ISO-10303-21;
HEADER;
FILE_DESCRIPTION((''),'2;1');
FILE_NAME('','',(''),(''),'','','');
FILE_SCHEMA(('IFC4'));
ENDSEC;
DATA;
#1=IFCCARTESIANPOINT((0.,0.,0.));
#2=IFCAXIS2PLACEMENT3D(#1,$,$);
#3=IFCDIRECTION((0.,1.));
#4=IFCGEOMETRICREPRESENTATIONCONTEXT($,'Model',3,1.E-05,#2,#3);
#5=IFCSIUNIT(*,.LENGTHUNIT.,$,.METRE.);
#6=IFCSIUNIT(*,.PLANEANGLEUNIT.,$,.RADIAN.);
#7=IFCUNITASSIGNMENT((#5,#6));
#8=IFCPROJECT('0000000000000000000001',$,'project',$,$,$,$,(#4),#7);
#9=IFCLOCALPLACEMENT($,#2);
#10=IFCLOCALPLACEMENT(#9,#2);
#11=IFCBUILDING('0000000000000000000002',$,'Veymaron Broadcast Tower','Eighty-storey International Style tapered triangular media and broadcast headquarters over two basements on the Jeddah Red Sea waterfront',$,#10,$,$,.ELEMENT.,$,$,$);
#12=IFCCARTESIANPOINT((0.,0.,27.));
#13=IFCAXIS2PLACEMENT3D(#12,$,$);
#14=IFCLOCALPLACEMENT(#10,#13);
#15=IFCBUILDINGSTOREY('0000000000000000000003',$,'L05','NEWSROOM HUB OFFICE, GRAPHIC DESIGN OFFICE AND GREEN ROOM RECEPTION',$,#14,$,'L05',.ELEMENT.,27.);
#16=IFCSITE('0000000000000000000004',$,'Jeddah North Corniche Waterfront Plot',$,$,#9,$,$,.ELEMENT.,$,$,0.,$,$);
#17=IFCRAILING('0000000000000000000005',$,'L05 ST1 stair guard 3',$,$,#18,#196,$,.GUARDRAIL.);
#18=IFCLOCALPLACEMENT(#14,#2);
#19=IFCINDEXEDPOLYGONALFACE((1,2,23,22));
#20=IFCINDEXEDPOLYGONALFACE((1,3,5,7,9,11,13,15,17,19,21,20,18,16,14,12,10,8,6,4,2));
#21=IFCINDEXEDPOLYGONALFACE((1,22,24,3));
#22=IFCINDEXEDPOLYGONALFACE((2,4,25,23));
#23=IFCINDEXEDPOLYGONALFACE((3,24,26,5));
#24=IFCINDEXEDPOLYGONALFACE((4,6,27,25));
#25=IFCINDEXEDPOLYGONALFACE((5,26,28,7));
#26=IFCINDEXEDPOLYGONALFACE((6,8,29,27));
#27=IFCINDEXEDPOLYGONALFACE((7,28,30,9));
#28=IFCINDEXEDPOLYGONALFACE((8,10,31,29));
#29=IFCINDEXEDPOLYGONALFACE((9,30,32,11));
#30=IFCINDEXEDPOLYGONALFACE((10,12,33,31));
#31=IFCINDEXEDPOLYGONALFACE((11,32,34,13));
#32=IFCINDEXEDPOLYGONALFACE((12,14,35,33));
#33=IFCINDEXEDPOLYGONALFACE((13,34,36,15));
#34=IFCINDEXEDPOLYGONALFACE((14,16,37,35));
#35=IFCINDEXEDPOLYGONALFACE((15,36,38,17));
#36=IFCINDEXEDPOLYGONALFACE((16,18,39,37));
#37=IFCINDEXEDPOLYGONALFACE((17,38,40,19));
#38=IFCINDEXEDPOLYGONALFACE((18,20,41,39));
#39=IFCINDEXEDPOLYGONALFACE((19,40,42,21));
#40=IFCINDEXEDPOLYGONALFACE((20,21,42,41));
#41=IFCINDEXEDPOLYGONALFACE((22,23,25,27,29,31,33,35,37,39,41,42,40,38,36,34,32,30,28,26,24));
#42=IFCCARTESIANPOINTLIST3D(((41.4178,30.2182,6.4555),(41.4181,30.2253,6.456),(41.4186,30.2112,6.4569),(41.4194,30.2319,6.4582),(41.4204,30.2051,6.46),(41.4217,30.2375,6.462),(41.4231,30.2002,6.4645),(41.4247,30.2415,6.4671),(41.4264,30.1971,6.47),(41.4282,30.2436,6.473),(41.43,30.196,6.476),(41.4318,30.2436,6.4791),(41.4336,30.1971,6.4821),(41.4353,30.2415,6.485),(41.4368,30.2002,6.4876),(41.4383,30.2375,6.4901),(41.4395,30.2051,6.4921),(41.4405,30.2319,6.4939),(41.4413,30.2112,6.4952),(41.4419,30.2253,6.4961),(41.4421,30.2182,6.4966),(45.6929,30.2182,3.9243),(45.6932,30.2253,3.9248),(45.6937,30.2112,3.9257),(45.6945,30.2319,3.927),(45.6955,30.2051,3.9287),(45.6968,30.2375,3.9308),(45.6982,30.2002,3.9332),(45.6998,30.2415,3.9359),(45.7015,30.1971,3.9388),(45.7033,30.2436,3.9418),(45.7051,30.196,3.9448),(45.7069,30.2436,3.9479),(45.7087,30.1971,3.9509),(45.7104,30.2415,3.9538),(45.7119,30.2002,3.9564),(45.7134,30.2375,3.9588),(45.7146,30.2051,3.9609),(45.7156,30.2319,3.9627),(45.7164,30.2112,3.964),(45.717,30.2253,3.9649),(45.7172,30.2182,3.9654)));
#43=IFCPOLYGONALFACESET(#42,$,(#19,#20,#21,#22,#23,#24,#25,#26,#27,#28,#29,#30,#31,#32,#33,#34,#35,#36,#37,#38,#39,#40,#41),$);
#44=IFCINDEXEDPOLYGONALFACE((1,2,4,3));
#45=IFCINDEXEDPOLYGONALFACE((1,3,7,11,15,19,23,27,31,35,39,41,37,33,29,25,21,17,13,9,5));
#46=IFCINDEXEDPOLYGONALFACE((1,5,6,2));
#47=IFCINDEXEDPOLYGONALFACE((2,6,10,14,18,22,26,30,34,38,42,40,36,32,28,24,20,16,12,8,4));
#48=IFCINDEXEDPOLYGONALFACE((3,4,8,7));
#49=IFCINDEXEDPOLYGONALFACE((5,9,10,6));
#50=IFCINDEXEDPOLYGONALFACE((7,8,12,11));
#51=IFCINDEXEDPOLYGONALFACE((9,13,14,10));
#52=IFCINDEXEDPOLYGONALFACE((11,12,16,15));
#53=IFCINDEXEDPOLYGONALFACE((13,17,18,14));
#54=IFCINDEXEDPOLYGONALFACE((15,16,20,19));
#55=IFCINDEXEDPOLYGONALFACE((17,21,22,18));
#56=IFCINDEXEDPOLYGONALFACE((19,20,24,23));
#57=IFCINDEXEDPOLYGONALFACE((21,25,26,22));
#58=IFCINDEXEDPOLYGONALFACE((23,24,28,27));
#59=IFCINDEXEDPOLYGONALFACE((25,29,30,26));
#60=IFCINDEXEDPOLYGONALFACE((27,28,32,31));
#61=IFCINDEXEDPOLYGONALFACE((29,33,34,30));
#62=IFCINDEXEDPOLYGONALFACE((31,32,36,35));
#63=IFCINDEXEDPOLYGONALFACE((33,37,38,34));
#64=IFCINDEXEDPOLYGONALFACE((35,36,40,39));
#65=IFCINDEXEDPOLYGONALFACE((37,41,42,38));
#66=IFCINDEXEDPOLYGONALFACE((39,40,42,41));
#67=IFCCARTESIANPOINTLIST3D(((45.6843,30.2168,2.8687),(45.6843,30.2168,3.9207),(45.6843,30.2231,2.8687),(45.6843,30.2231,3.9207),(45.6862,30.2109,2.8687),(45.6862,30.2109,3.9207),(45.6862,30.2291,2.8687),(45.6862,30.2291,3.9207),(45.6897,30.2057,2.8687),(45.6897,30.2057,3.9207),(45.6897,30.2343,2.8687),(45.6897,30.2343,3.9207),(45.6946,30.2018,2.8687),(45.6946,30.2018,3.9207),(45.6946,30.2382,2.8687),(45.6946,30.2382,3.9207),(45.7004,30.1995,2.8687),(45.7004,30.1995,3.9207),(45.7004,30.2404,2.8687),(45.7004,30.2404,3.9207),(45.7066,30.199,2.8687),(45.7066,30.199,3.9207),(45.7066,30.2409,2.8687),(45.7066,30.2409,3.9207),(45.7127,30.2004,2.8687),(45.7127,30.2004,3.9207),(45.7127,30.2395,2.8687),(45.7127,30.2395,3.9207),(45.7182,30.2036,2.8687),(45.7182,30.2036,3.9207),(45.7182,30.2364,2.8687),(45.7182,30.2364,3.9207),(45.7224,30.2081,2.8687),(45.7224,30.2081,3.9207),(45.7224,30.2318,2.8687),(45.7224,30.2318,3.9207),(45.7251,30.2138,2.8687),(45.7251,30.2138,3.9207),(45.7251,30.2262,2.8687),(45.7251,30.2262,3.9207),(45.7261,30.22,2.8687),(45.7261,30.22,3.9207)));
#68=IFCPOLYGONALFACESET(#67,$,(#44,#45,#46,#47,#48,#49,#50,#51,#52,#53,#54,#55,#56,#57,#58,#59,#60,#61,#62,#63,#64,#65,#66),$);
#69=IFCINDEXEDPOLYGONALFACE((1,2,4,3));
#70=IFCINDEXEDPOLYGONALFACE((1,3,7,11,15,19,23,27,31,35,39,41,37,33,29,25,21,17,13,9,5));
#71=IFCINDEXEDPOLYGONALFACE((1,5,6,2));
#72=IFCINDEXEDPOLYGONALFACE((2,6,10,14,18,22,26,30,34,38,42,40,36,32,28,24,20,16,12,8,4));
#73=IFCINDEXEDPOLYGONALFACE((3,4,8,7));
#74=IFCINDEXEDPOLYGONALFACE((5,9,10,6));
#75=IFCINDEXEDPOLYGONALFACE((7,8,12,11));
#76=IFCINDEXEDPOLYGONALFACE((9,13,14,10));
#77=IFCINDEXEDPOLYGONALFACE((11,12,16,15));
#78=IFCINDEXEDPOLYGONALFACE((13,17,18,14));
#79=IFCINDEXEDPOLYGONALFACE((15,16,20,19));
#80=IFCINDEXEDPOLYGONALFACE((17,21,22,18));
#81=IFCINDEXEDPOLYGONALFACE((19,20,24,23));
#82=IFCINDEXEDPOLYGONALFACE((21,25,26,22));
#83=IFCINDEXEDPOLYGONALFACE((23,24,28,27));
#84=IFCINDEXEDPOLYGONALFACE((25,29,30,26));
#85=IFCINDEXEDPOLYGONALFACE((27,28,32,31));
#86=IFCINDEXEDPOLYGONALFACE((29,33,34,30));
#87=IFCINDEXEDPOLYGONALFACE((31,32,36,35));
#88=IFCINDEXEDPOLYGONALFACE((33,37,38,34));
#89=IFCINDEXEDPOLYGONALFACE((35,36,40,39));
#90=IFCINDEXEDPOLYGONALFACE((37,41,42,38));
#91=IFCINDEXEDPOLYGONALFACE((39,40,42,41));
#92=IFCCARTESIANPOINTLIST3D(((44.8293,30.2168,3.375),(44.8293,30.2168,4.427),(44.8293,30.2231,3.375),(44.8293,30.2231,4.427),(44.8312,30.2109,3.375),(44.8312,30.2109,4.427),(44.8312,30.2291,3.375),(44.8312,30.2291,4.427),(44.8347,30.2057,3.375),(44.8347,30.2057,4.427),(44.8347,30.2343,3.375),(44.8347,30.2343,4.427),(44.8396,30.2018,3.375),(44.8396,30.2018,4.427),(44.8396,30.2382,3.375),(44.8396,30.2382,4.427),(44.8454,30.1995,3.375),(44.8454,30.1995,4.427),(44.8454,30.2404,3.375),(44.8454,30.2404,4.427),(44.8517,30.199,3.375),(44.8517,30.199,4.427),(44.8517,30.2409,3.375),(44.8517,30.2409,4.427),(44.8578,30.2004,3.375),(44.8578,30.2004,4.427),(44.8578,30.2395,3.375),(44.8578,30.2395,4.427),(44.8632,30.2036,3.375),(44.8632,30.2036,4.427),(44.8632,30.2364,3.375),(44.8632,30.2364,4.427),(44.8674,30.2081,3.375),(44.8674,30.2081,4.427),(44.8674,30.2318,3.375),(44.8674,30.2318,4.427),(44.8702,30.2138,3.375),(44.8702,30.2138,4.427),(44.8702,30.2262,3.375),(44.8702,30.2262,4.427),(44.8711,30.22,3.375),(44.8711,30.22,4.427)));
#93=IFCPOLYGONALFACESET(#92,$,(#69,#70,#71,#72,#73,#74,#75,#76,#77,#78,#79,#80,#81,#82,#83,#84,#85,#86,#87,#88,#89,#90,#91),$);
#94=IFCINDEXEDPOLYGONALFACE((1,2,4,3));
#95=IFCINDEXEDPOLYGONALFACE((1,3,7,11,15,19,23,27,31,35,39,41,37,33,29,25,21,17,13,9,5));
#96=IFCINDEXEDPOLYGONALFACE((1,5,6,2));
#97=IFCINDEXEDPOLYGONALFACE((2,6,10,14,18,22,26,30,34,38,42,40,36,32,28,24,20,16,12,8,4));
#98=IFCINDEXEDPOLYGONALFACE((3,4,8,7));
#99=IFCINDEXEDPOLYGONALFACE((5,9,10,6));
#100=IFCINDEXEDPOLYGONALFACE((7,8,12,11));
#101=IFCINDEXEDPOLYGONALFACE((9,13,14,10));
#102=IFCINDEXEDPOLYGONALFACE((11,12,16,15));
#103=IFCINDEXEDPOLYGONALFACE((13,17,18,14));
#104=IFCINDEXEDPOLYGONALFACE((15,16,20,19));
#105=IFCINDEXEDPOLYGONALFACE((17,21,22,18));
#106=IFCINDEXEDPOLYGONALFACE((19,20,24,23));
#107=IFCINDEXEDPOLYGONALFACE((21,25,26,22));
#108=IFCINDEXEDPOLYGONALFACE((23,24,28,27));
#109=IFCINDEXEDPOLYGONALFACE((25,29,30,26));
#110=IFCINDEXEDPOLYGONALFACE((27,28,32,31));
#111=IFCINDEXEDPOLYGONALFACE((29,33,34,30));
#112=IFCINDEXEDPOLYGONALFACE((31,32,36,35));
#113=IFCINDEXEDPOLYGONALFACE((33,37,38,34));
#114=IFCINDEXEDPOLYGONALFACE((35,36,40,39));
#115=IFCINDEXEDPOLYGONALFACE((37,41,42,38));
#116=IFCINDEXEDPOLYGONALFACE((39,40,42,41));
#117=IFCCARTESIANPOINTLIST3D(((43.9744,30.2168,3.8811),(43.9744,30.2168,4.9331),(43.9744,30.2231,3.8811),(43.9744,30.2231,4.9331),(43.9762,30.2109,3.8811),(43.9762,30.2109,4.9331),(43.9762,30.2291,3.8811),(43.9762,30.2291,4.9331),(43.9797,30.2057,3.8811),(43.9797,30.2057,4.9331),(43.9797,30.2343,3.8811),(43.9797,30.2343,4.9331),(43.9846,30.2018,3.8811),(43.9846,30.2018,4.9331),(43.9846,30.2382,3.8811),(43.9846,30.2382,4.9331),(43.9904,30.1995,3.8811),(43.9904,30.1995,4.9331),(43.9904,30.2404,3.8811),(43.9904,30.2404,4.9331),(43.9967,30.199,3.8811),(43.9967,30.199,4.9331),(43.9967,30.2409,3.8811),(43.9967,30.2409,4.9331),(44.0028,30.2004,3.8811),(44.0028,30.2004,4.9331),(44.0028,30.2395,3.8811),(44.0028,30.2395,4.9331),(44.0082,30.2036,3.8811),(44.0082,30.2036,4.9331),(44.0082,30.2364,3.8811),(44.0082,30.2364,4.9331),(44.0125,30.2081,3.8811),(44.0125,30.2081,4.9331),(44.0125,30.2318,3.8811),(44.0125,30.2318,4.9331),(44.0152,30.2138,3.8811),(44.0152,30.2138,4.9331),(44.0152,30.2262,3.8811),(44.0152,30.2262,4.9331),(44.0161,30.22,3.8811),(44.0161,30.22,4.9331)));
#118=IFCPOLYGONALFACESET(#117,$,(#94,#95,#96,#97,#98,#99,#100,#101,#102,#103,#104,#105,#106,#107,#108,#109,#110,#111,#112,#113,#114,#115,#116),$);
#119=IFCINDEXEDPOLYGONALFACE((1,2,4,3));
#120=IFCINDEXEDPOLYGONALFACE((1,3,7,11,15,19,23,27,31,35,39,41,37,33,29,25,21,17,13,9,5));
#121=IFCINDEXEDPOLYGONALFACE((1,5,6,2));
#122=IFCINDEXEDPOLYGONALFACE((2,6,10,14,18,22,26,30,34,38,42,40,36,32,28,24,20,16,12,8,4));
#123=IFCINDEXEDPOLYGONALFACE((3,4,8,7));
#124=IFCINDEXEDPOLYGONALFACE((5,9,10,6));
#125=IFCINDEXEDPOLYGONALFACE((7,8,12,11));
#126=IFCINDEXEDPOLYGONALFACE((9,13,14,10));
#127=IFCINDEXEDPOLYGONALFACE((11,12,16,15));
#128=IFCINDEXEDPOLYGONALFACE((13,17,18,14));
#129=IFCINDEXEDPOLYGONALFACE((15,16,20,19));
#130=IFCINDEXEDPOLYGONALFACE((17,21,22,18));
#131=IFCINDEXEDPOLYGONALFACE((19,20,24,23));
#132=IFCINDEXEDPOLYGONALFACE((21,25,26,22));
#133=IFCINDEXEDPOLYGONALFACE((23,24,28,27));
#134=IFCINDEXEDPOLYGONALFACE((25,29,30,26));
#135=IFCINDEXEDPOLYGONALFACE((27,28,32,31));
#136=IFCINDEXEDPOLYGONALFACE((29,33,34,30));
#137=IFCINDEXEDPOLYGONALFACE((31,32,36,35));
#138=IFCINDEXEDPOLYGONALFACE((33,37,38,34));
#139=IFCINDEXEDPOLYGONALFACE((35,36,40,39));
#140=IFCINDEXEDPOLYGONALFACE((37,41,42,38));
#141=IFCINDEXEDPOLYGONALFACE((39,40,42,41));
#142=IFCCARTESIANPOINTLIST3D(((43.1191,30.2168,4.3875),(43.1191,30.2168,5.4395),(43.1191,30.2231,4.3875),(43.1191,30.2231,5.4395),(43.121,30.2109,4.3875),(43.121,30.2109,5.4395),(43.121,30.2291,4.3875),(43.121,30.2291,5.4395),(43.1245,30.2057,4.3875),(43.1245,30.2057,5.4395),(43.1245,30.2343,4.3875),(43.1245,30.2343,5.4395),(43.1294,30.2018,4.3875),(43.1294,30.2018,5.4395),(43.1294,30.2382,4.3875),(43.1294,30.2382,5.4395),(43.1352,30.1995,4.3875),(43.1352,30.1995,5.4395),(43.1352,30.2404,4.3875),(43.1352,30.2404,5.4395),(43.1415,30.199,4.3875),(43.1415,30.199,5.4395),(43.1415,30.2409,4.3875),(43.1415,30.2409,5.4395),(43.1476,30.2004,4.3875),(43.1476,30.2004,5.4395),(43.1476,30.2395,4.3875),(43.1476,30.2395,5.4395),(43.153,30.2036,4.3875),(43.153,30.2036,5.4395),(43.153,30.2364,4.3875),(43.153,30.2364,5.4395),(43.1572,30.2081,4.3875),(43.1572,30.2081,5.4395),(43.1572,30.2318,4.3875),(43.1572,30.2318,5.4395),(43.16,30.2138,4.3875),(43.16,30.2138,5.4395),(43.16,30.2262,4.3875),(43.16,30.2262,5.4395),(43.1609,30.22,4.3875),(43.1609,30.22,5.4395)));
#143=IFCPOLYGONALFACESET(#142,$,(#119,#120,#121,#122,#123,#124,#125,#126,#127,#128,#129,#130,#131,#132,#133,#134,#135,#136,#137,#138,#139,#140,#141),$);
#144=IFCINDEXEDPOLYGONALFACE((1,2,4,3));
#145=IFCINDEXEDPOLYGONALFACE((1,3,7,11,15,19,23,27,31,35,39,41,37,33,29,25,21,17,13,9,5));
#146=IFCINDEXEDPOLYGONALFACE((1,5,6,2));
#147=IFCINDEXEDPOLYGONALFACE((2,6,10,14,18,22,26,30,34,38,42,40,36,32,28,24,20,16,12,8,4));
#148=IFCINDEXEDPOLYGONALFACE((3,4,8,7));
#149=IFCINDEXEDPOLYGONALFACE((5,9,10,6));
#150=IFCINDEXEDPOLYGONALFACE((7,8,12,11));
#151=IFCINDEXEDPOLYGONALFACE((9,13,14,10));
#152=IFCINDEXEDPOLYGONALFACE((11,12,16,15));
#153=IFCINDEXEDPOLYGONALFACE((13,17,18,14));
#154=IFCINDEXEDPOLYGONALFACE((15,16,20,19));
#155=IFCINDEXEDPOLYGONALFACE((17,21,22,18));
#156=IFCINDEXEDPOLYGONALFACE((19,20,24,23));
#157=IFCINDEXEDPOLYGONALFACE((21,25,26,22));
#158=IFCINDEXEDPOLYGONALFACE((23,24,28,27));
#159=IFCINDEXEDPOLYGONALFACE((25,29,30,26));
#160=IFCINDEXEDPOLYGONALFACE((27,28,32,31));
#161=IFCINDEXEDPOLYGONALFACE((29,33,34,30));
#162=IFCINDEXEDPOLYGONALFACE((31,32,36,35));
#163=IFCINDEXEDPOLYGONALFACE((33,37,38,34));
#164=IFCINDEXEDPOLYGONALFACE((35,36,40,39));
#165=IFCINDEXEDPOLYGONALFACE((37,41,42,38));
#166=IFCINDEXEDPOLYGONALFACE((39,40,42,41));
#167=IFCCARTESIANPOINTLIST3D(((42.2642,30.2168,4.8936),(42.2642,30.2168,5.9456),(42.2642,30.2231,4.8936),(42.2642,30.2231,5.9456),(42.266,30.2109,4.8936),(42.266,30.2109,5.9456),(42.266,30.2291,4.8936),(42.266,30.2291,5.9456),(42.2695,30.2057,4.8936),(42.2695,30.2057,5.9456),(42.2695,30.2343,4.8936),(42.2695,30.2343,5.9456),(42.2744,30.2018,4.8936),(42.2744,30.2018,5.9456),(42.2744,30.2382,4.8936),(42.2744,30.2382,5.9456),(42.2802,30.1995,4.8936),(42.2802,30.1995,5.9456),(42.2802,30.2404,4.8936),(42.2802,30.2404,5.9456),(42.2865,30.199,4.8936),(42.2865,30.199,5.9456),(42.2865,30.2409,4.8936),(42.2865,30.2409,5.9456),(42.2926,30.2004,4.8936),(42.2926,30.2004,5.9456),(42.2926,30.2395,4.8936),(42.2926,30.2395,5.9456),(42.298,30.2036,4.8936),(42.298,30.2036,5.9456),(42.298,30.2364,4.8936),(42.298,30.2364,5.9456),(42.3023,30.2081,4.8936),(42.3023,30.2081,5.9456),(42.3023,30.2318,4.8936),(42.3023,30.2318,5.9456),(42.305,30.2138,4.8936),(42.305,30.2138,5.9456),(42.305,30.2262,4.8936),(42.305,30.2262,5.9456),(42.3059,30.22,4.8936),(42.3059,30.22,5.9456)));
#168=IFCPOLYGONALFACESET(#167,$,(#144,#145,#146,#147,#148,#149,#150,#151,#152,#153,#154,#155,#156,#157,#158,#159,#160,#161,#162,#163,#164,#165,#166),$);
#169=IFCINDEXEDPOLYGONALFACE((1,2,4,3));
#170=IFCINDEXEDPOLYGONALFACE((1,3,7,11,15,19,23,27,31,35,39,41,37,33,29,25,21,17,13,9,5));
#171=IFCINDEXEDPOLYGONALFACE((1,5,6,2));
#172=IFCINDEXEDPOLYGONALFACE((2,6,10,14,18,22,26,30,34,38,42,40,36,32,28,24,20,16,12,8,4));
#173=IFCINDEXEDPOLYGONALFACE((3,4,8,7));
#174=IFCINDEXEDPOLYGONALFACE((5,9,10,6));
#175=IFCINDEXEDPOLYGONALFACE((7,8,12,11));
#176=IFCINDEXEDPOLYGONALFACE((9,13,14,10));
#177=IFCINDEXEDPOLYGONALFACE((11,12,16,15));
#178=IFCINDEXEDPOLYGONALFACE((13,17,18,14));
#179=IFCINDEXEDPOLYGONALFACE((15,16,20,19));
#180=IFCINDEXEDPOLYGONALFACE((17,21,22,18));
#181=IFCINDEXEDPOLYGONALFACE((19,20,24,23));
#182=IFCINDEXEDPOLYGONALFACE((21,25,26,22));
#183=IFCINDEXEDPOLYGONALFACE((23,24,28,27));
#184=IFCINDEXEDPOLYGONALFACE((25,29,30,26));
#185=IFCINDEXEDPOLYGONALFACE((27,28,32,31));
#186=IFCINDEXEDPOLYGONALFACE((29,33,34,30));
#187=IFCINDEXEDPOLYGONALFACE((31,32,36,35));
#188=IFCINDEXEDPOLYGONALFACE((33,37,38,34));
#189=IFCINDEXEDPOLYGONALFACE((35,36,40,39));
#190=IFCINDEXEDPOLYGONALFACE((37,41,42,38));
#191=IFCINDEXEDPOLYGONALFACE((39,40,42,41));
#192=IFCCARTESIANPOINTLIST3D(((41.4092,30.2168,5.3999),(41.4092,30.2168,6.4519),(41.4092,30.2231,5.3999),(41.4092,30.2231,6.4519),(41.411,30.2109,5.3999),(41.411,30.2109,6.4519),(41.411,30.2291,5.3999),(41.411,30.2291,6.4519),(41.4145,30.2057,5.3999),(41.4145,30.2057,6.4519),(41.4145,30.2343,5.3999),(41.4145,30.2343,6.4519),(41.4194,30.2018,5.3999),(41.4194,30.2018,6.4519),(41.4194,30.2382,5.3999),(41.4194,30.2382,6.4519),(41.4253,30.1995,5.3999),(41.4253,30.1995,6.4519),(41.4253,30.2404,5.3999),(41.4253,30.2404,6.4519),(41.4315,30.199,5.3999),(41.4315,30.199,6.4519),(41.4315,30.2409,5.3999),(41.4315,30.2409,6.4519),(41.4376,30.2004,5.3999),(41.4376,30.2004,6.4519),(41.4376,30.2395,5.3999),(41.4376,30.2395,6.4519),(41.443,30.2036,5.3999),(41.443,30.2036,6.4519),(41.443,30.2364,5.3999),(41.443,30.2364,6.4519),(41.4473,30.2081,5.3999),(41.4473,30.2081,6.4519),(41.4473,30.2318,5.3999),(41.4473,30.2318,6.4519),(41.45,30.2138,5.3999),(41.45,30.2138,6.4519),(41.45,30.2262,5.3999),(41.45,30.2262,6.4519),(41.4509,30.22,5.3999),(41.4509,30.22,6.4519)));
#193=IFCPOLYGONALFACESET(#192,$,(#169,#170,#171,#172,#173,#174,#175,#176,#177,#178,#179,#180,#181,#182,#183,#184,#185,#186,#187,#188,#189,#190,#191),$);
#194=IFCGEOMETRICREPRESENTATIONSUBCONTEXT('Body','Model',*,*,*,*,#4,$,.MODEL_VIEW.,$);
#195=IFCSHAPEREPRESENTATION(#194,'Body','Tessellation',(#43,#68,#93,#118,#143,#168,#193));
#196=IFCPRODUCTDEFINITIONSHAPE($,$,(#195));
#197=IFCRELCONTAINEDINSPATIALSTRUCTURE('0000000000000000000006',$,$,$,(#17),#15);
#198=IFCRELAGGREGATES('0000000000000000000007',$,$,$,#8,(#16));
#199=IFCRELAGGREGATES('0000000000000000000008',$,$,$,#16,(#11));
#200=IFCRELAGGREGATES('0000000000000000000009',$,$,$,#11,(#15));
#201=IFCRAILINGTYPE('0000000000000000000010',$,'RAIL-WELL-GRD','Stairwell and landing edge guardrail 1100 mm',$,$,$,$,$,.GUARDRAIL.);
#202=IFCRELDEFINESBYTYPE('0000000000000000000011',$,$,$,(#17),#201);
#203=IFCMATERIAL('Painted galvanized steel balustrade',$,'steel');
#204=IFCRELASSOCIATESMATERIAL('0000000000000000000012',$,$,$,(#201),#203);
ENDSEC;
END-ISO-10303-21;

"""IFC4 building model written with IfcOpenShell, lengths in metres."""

from ifc_helpers import new_model, si_unit, direction, frame, origin, origin_2d, place, context, subcontext, project, spatial, circle, extrude, material, type_object, element, save


model = new_model("IFC4")

# Units and contexts
model_context = context("Model", 3, precision=1e-05, world=origin(), true_north=direction((0.0, 1.0)))
body_context = subcontext(model_context, "Body", "Model", "MODEL_VIEW")
ifc_project = project(units=[si_unit("LENGTHUNIT", "METRE"), si_unit("PLANEANGLEUNIT", "RADIAN")], contexts=[model_context])

# Site, building, storey
site_placement = place(None, origin())
site = spatial("IfcSite", under=ifc_project, at=site_placement, Name="Jeddah North Corniche Waterfront Plot", CompositionType="ELEMENT", RefElevation=0.0)
building_placement = place(site_placement, origin())
building = spatial("IfcBuilding", under=site, at=building_placement, Name="Veymaron Broadcast Tower", Description="Eighty-storey International Style tapered triangular media and broadcast headquarters over two basements on the Jeddah Red Sea waterfront", CompositionType="ELEMENT")
storey_placement = place(building_placement, frame((0.0, 0.0, 27.0)))
storey = spatial("IfcBuildingStorey", under=building, at=storey_placement, Name="L05", Description="NEWSROOM HUB OFFICE, GRAPHIC DESIGN OFFICE AND GREEN ROOM RECEPTION", LongName="L05", CompositionType="ELEMENT", Elevation=27.0)

# Railing
ifc_material_1 = material(Name="Painted galvanized steel balustrade", Category="steel")
railing_type_1 = type_object("IfcRailingType", Name="RAIL-WELL-GRD", Description="Stairwell and landing edge guardrail 1100 mm", PredefinedType="GUARDRAIL", material=ifc_material_1)
railing_1_placement = place(storey_placement, frame((45.7051, 30.22, 2.8687)))
element("IfcRailing", 1, at=railing_1_placement, inside=storey, type_object=railing_type_1, Name="L05 ST1 stair guard 3", PredefinedType="GUARDRAIL", context=body_context, shape_type="SweptSolid", body=[
    extrude(circle(Radius=0.0239, at=origin_2d()), frame((0.0, 0.0, 1.0762), z_axis=(-0.860483, 0.0, 0.509479), x_axis=(0.0, -1.0, 0.0)), (0.0, 0.0, 1.0), 4.9683),
    extrude(circle(Radius=0.021, at=origin_2d()), origin(), (0.0, 0.0, 1.0), 1.052),
    extrude(circle(Radius=0.021, at=origin_2d()), frame((-0.855, 0.0, 0.5063)), (0.0, 0.0, 1.0), 1.052),
    extrude(circle(Radius=0.021, at=origin_2d()), frame((-1.71, 0.0, 1.0125)), (0.0, 0.0, 1.0), 1.052),
    extrude(circle(Radius=0.021, at=origin_2d()), frame((-2.5652, 0.0, 1.5188)), (0.0, 0.0, 1.0), 1.052),
    extrude(circle(Radius=0.021, at=origin_2d()), frame((-3.4202, 0.0, 2.0249)), (0.0, 0.0, 1.0), 1.052),
    extrude(circle(Radius=0.021, at=origin_2d()), frame((-4.2751, 0.0, 2.5312)), (0.0, 0.0, 1.0), 1.052),
])

save(model, "model.ifc")
